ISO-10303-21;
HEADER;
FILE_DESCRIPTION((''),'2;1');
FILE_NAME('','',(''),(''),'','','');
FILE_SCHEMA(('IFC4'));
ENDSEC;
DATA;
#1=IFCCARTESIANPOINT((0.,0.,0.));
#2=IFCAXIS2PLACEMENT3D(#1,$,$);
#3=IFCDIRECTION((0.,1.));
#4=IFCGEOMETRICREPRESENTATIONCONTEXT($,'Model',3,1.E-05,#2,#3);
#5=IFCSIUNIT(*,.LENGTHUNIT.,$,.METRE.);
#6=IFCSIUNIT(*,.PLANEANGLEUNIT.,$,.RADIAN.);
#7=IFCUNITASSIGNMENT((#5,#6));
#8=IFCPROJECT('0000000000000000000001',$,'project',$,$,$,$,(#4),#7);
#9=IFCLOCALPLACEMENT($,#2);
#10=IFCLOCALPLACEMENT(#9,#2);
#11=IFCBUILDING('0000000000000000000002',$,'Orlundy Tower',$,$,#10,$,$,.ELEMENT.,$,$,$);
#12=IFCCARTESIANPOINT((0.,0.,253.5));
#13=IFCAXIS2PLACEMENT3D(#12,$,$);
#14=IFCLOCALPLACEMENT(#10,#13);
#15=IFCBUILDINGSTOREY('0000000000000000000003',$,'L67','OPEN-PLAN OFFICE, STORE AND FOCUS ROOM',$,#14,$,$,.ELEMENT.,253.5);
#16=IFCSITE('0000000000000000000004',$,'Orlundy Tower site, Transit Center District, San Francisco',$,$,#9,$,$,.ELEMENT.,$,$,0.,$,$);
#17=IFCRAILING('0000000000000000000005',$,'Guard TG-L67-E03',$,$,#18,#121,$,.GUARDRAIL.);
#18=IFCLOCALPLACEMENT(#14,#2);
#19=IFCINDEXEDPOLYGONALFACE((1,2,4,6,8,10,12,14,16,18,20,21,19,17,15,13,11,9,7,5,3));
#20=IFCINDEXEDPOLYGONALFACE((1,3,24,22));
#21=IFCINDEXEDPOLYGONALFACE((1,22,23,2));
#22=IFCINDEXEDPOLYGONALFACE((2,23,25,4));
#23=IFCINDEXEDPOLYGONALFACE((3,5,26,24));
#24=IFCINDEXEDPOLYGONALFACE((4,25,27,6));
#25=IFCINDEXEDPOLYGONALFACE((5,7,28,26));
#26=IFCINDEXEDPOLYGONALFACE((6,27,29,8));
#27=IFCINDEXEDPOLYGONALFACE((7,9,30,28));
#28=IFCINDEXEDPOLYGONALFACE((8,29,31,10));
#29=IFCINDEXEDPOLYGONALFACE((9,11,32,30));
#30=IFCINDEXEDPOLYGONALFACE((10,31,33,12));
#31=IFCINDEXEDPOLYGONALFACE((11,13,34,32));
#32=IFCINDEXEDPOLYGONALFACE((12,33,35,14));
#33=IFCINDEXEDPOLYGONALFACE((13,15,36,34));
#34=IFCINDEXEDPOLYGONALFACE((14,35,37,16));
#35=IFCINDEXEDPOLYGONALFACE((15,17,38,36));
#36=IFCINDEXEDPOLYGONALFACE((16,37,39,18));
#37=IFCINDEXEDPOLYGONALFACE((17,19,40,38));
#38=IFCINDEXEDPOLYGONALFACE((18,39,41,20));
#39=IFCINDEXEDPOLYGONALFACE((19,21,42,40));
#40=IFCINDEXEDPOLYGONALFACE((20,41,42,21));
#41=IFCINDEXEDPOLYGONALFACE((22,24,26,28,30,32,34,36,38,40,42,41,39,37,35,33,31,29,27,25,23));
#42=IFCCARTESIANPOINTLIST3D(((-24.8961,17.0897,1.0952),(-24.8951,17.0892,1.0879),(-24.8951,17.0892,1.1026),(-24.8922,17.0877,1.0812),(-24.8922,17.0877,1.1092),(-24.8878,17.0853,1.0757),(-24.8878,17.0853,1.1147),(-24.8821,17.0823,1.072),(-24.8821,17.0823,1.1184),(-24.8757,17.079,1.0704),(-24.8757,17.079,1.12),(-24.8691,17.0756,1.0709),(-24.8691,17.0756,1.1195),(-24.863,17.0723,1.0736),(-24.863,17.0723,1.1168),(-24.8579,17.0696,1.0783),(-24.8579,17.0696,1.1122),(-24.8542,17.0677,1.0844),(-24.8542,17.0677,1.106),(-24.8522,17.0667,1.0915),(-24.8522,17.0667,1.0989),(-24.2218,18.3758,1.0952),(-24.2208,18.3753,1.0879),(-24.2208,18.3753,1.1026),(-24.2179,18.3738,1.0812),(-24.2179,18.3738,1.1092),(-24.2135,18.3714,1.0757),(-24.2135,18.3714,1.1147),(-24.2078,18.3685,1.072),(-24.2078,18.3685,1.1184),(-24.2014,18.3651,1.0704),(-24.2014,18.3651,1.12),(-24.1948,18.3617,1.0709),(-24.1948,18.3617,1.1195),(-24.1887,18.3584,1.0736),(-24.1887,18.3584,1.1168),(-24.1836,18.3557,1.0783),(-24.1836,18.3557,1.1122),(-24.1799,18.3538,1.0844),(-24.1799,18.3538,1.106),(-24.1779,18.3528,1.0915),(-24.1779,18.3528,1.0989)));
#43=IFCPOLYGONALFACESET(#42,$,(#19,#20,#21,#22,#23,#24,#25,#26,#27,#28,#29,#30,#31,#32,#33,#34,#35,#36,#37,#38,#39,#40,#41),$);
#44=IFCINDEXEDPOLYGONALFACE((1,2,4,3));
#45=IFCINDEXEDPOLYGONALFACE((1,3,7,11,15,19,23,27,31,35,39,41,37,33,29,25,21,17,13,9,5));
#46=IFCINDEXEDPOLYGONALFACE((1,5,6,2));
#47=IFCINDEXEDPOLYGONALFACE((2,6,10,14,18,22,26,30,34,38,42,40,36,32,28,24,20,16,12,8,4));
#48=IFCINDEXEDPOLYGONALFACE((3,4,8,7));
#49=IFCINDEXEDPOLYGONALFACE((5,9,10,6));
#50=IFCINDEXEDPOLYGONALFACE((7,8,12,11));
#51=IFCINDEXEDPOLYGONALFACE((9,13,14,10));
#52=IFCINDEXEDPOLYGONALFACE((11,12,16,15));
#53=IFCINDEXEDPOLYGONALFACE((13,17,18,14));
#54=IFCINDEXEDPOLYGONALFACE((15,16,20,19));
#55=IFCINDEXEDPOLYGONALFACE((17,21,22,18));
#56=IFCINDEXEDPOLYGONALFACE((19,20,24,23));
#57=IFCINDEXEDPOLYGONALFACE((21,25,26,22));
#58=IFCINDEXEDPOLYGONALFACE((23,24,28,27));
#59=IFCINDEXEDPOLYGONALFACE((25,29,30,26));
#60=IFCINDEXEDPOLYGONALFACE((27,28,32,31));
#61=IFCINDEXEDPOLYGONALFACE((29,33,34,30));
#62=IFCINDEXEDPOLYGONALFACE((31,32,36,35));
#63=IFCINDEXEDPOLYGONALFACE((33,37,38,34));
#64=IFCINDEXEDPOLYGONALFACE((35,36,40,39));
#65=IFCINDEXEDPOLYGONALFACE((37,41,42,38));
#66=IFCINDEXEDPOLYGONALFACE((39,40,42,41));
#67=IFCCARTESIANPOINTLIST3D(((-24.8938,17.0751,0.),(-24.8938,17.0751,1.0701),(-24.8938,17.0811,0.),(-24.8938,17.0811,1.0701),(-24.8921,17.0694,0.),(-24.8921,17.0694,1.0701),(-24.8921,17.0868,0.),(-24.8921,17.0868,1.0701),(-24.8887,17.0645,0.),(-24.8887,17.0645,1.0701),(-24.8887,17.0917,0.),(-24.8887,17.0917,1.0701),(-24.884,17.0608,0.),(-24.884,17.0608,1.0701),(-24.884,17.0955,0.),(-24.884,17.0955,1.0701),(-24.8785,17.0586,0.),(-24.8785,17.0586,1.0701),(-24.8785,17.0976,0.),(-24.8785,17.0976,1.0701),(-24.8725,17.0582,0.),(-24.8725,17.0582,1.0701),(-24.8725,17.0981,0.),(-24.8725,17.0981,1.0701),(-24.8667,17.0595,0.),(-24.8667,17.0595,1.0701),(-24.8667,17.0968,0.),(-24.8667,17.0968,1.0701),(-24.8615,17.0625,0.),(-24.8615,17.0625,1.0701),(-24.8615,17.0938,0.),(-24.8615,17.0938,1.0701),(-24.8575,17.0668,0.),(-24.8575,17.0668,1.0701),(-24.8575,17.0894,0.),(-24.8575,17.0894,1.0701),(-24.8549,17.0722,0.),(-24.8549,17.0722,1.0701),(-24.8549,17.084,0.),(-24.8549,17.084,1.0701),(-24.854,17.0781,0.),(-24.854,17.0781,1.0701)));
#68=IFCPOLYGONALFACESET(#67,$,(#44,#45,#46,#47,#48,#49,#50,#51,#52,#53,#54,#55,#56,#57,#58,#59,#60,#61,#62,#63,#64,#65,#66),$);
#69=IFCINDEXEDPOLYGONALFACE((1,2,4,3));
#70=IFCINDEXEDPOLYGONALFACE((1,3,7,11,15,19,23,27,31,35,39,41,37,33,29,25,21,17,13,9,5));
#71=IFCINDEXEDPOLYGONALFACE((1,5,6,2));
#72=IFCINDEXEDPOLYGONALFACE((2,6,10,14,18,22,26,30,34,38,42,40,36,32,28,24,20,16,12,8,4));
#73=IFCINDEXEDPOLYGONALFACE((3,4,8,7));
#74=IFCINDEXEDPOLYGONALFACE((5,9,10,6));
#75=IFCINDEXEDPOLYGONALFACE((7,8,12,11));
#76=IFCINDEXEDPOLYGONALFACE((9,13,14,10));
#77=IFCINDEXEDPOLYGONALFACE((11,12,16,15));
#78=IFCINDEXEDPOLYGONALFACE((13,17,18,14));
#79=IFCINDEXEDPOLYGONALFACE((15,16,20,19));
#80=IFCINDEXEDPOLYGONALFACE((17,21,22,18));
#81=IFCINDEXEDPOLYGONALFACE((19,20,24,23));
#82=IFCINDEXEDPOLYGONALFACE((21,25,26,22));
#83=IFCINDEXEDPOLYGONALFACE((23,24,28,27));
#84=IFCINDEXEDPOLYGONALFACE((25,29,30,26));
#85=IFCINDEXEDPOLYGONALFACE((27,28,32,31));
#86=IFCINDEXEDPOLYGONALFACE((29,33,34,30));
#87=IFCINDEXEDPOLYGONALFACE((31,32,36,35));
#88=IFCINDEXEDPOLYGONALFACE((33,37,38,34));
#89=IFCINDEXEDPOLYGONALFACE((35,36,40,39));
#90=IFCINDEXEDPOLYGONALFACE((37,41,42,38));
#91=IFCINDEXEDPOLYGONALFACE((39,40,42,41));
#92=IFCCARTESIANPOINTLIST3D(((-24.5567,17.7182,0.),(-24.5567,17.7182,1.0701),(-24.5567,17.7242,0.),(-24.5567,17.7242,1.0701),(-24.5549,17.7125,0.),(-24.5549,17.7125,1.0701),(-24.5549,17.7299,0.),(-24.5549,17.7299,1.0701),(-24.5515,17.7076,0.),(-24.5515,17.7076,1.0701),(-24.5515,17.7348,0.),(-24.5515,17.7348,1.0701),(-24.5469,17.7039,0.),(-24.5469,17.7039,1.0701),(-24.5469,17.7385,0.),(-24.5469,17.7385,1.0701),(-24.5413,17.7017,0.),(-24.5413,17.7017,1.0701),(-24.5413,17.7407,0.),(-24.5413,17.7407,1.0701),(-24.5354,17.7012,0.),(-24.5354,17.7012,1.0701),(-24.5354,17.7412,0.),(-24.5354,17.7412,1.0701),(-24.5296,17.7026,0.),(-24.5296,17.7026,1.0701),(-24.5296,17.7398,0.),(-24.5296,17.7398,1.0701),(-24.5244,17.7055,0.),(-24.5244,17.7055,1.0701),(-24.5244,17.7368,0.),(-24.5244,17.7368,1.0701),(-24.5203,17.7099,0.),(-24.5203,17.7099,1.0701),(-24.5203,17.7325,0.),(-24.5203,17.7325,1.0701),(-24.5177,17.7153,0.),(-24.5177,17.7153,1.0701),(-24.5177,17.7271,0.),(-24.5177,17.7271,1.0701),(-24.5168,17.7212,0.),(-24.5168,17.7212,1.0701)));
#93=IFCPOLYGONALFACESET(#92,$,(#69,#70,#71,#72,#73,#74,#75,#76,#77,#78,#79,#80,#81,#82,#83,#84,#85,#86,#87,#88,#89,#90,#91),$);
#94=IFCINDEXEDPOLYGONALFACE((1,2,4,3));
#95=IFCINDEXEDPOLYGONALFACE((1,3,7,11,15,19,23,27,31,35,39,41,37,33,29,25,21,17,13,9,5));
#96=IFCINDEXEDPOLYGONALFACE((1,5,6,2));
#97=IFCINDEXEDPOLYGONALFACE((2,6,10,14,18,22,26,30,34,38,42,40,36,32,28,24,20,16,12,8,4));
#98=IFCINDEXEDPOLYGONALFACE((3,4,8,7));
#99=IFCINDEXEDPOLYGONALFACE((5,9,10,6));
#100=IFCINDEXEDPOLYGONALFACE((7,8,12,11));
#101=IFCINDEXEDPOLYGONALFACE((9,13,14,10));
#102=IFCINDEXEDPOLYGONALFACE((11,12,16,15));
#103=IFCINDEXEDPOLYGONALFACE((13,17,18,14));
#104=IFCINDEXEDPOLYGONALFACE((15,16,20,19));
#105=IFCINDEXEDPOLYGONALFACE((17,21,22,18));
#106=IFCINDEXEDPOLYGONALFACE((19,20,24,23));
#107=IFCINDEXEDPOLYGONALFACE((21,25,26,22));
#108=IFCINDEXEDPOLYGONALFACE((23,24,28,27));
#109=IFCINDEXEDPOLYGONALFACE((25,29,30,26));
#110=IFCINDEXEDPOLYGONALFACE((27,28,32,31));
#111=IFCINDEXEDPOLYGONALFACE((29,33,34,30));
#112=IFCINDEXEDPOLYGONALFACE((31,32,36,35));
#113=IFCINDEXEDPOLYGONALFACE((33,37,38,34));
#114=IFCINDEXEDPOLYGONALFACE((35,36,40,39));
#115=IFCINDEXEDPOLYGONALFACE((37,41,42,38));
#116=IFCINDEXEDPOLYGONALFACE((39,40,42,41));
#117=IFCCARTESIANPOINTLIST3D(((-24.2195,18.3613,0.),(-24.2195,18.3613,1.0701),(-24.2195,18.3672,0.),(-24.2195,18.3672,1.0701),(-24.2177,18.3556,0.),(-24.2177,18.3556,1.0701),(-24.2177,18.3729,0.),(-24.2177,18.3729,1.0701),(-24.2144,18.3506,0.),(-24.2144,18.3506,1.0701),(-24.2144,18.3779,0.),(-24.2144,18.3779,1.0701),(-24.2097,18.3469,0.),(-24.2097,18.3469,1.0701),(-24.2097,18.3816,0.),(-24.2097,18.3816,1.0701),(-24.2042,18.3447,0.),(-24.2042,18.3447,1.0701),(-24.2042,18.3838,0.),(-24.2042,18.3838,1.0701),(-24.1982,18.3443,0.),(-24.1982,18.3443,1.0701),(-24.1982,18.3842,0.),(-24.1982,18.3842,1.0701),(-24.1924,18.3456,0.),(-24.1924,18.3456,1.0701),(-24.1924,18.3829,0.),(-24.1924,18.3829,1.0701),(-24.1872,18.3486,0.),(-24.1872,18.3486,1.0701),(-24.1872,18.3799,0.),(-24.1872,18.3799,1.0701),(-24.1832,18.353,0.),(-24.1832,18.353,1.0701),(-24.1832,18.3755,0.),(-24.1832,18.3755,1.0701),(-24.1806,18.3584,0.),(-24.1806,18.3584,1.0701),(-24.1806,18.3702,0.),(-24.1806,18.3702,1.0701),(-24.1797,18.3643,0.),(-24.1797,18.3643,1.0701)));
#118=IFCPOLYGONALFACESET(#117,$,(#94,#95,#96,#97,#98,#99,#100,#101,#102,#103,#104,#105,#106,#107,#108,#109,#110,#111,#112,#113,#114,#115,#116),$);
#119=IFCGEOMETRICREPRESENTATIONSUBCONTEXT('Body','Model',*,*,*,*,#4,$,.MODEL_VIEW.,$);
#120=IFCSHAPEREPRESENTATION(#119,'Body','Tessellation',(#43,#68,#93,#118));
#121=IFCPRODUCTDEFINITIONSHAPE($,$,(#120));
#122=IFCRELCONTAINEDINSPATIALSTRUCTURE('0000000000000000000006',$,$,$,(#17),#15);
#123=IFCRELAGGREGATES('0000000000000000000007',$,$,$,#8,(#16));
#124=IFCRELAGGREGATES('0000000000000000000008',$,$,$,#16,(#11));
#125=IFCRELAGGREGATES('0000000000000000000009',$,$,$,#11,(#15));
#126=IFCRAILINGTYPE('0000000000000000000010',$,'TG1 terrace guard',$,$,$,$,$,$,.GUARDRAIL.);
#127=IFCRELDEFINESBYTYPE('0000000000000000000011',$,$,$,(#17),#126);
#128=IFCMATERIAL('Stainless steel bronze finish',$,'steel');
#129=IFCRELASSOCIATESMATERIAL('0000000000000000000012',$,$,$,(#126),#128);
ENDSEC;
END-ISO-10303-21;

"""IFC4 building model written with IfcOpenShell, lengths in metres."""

from ifc_helpers import new_model, si_unit, direction, frame, origin, origin_2d, place, context, subcontext, project, spatial, circle, extrude, material, type_object, element, save


model = new_model("IFC4")

# Units and contexts
model_context = context("Model", 3, precision=1e-05, world=origin(), true_north=direction((0.0, 1.0)))
body_context = subcontext(model_context, "Body", "Model", "MODEL_VIEW")
ifc_project = project(units=[si_unit("LENGTHUNIT", "METRE"), si_unit("PLANEANGLEUNIT", "RADIAN")], contexts=[model_context])

# Site, building, storey
site_placement = place(None, origin())
site = spatial("IfcSite", under=ifc_project, at=site_placement, Name="Orlundy Tower site, Transit Center District, San Francisco", CompositionType="ELEMENT", RefElevation=0.0)
building_placement = place(site_placement, origin())
building = spatial("IfcBuilding", under=site, at=building_placement, Name="Orlundy Tower", CompositionType="ELEMENT")
storey_placement = place(building_placement, frame((0.0, 0.0, 253.5)))
storey = spatial("IfcBuildingStorey", under=building, at=storey_placement, Name="L67", Description="OPEN-PLAN OFFICE, STORE AND FOCUS ROOM", CompositionType="ELEMENT", Elevation=253.5)

# Railing
ifc_material_1 = material(Name="Stainless steel bronze finish", Category="steel")
railing_type_1 = type_object("IfcRailingType", Name="TG1 terrace guard", PredefinedType="GUARDRAIL", material=ifc_material_1)
railing_1_placement = place(storey_placement, frame((-24.874, 17.0781, 0.0)))
element("IfcRailing", 1, at=railing_1_placement, inside=storey, type_object=railing_type_1, Name="Guard TG-L67-E03", PredefinedType="GUARDRAIL", context=body_context, shape_type="SweptSolid", body=[
    extrude(circle(Radius=0.0249, at=origin_2d()), frame((0.0, 0.0, 1.0952), z_axis=(0.464346, 0.885654, 0.0), x_axis=(-0.885654, 0.464346, 0.0)), (0.0, 0.0, 1.0), 1.4521),
    extrude(circle(Radius=0.02, at=origin_2d()), origin(), (0.0, 0.0, 1.0), 1.0701),
    extrude(circle(Radius=0.02, at=origin_2d()), frame((0.3372, 0.6431, 0.0)), (0.0, 0.0, 1.0), 1.0701),
    extrude(circle(Radius=0.02, at=origin_2d()), frame((0.6743, 1.2861, 0.0)), (0.0, 0.0, 1.0), 1.0701),
])

save(model, "model.ifc")
